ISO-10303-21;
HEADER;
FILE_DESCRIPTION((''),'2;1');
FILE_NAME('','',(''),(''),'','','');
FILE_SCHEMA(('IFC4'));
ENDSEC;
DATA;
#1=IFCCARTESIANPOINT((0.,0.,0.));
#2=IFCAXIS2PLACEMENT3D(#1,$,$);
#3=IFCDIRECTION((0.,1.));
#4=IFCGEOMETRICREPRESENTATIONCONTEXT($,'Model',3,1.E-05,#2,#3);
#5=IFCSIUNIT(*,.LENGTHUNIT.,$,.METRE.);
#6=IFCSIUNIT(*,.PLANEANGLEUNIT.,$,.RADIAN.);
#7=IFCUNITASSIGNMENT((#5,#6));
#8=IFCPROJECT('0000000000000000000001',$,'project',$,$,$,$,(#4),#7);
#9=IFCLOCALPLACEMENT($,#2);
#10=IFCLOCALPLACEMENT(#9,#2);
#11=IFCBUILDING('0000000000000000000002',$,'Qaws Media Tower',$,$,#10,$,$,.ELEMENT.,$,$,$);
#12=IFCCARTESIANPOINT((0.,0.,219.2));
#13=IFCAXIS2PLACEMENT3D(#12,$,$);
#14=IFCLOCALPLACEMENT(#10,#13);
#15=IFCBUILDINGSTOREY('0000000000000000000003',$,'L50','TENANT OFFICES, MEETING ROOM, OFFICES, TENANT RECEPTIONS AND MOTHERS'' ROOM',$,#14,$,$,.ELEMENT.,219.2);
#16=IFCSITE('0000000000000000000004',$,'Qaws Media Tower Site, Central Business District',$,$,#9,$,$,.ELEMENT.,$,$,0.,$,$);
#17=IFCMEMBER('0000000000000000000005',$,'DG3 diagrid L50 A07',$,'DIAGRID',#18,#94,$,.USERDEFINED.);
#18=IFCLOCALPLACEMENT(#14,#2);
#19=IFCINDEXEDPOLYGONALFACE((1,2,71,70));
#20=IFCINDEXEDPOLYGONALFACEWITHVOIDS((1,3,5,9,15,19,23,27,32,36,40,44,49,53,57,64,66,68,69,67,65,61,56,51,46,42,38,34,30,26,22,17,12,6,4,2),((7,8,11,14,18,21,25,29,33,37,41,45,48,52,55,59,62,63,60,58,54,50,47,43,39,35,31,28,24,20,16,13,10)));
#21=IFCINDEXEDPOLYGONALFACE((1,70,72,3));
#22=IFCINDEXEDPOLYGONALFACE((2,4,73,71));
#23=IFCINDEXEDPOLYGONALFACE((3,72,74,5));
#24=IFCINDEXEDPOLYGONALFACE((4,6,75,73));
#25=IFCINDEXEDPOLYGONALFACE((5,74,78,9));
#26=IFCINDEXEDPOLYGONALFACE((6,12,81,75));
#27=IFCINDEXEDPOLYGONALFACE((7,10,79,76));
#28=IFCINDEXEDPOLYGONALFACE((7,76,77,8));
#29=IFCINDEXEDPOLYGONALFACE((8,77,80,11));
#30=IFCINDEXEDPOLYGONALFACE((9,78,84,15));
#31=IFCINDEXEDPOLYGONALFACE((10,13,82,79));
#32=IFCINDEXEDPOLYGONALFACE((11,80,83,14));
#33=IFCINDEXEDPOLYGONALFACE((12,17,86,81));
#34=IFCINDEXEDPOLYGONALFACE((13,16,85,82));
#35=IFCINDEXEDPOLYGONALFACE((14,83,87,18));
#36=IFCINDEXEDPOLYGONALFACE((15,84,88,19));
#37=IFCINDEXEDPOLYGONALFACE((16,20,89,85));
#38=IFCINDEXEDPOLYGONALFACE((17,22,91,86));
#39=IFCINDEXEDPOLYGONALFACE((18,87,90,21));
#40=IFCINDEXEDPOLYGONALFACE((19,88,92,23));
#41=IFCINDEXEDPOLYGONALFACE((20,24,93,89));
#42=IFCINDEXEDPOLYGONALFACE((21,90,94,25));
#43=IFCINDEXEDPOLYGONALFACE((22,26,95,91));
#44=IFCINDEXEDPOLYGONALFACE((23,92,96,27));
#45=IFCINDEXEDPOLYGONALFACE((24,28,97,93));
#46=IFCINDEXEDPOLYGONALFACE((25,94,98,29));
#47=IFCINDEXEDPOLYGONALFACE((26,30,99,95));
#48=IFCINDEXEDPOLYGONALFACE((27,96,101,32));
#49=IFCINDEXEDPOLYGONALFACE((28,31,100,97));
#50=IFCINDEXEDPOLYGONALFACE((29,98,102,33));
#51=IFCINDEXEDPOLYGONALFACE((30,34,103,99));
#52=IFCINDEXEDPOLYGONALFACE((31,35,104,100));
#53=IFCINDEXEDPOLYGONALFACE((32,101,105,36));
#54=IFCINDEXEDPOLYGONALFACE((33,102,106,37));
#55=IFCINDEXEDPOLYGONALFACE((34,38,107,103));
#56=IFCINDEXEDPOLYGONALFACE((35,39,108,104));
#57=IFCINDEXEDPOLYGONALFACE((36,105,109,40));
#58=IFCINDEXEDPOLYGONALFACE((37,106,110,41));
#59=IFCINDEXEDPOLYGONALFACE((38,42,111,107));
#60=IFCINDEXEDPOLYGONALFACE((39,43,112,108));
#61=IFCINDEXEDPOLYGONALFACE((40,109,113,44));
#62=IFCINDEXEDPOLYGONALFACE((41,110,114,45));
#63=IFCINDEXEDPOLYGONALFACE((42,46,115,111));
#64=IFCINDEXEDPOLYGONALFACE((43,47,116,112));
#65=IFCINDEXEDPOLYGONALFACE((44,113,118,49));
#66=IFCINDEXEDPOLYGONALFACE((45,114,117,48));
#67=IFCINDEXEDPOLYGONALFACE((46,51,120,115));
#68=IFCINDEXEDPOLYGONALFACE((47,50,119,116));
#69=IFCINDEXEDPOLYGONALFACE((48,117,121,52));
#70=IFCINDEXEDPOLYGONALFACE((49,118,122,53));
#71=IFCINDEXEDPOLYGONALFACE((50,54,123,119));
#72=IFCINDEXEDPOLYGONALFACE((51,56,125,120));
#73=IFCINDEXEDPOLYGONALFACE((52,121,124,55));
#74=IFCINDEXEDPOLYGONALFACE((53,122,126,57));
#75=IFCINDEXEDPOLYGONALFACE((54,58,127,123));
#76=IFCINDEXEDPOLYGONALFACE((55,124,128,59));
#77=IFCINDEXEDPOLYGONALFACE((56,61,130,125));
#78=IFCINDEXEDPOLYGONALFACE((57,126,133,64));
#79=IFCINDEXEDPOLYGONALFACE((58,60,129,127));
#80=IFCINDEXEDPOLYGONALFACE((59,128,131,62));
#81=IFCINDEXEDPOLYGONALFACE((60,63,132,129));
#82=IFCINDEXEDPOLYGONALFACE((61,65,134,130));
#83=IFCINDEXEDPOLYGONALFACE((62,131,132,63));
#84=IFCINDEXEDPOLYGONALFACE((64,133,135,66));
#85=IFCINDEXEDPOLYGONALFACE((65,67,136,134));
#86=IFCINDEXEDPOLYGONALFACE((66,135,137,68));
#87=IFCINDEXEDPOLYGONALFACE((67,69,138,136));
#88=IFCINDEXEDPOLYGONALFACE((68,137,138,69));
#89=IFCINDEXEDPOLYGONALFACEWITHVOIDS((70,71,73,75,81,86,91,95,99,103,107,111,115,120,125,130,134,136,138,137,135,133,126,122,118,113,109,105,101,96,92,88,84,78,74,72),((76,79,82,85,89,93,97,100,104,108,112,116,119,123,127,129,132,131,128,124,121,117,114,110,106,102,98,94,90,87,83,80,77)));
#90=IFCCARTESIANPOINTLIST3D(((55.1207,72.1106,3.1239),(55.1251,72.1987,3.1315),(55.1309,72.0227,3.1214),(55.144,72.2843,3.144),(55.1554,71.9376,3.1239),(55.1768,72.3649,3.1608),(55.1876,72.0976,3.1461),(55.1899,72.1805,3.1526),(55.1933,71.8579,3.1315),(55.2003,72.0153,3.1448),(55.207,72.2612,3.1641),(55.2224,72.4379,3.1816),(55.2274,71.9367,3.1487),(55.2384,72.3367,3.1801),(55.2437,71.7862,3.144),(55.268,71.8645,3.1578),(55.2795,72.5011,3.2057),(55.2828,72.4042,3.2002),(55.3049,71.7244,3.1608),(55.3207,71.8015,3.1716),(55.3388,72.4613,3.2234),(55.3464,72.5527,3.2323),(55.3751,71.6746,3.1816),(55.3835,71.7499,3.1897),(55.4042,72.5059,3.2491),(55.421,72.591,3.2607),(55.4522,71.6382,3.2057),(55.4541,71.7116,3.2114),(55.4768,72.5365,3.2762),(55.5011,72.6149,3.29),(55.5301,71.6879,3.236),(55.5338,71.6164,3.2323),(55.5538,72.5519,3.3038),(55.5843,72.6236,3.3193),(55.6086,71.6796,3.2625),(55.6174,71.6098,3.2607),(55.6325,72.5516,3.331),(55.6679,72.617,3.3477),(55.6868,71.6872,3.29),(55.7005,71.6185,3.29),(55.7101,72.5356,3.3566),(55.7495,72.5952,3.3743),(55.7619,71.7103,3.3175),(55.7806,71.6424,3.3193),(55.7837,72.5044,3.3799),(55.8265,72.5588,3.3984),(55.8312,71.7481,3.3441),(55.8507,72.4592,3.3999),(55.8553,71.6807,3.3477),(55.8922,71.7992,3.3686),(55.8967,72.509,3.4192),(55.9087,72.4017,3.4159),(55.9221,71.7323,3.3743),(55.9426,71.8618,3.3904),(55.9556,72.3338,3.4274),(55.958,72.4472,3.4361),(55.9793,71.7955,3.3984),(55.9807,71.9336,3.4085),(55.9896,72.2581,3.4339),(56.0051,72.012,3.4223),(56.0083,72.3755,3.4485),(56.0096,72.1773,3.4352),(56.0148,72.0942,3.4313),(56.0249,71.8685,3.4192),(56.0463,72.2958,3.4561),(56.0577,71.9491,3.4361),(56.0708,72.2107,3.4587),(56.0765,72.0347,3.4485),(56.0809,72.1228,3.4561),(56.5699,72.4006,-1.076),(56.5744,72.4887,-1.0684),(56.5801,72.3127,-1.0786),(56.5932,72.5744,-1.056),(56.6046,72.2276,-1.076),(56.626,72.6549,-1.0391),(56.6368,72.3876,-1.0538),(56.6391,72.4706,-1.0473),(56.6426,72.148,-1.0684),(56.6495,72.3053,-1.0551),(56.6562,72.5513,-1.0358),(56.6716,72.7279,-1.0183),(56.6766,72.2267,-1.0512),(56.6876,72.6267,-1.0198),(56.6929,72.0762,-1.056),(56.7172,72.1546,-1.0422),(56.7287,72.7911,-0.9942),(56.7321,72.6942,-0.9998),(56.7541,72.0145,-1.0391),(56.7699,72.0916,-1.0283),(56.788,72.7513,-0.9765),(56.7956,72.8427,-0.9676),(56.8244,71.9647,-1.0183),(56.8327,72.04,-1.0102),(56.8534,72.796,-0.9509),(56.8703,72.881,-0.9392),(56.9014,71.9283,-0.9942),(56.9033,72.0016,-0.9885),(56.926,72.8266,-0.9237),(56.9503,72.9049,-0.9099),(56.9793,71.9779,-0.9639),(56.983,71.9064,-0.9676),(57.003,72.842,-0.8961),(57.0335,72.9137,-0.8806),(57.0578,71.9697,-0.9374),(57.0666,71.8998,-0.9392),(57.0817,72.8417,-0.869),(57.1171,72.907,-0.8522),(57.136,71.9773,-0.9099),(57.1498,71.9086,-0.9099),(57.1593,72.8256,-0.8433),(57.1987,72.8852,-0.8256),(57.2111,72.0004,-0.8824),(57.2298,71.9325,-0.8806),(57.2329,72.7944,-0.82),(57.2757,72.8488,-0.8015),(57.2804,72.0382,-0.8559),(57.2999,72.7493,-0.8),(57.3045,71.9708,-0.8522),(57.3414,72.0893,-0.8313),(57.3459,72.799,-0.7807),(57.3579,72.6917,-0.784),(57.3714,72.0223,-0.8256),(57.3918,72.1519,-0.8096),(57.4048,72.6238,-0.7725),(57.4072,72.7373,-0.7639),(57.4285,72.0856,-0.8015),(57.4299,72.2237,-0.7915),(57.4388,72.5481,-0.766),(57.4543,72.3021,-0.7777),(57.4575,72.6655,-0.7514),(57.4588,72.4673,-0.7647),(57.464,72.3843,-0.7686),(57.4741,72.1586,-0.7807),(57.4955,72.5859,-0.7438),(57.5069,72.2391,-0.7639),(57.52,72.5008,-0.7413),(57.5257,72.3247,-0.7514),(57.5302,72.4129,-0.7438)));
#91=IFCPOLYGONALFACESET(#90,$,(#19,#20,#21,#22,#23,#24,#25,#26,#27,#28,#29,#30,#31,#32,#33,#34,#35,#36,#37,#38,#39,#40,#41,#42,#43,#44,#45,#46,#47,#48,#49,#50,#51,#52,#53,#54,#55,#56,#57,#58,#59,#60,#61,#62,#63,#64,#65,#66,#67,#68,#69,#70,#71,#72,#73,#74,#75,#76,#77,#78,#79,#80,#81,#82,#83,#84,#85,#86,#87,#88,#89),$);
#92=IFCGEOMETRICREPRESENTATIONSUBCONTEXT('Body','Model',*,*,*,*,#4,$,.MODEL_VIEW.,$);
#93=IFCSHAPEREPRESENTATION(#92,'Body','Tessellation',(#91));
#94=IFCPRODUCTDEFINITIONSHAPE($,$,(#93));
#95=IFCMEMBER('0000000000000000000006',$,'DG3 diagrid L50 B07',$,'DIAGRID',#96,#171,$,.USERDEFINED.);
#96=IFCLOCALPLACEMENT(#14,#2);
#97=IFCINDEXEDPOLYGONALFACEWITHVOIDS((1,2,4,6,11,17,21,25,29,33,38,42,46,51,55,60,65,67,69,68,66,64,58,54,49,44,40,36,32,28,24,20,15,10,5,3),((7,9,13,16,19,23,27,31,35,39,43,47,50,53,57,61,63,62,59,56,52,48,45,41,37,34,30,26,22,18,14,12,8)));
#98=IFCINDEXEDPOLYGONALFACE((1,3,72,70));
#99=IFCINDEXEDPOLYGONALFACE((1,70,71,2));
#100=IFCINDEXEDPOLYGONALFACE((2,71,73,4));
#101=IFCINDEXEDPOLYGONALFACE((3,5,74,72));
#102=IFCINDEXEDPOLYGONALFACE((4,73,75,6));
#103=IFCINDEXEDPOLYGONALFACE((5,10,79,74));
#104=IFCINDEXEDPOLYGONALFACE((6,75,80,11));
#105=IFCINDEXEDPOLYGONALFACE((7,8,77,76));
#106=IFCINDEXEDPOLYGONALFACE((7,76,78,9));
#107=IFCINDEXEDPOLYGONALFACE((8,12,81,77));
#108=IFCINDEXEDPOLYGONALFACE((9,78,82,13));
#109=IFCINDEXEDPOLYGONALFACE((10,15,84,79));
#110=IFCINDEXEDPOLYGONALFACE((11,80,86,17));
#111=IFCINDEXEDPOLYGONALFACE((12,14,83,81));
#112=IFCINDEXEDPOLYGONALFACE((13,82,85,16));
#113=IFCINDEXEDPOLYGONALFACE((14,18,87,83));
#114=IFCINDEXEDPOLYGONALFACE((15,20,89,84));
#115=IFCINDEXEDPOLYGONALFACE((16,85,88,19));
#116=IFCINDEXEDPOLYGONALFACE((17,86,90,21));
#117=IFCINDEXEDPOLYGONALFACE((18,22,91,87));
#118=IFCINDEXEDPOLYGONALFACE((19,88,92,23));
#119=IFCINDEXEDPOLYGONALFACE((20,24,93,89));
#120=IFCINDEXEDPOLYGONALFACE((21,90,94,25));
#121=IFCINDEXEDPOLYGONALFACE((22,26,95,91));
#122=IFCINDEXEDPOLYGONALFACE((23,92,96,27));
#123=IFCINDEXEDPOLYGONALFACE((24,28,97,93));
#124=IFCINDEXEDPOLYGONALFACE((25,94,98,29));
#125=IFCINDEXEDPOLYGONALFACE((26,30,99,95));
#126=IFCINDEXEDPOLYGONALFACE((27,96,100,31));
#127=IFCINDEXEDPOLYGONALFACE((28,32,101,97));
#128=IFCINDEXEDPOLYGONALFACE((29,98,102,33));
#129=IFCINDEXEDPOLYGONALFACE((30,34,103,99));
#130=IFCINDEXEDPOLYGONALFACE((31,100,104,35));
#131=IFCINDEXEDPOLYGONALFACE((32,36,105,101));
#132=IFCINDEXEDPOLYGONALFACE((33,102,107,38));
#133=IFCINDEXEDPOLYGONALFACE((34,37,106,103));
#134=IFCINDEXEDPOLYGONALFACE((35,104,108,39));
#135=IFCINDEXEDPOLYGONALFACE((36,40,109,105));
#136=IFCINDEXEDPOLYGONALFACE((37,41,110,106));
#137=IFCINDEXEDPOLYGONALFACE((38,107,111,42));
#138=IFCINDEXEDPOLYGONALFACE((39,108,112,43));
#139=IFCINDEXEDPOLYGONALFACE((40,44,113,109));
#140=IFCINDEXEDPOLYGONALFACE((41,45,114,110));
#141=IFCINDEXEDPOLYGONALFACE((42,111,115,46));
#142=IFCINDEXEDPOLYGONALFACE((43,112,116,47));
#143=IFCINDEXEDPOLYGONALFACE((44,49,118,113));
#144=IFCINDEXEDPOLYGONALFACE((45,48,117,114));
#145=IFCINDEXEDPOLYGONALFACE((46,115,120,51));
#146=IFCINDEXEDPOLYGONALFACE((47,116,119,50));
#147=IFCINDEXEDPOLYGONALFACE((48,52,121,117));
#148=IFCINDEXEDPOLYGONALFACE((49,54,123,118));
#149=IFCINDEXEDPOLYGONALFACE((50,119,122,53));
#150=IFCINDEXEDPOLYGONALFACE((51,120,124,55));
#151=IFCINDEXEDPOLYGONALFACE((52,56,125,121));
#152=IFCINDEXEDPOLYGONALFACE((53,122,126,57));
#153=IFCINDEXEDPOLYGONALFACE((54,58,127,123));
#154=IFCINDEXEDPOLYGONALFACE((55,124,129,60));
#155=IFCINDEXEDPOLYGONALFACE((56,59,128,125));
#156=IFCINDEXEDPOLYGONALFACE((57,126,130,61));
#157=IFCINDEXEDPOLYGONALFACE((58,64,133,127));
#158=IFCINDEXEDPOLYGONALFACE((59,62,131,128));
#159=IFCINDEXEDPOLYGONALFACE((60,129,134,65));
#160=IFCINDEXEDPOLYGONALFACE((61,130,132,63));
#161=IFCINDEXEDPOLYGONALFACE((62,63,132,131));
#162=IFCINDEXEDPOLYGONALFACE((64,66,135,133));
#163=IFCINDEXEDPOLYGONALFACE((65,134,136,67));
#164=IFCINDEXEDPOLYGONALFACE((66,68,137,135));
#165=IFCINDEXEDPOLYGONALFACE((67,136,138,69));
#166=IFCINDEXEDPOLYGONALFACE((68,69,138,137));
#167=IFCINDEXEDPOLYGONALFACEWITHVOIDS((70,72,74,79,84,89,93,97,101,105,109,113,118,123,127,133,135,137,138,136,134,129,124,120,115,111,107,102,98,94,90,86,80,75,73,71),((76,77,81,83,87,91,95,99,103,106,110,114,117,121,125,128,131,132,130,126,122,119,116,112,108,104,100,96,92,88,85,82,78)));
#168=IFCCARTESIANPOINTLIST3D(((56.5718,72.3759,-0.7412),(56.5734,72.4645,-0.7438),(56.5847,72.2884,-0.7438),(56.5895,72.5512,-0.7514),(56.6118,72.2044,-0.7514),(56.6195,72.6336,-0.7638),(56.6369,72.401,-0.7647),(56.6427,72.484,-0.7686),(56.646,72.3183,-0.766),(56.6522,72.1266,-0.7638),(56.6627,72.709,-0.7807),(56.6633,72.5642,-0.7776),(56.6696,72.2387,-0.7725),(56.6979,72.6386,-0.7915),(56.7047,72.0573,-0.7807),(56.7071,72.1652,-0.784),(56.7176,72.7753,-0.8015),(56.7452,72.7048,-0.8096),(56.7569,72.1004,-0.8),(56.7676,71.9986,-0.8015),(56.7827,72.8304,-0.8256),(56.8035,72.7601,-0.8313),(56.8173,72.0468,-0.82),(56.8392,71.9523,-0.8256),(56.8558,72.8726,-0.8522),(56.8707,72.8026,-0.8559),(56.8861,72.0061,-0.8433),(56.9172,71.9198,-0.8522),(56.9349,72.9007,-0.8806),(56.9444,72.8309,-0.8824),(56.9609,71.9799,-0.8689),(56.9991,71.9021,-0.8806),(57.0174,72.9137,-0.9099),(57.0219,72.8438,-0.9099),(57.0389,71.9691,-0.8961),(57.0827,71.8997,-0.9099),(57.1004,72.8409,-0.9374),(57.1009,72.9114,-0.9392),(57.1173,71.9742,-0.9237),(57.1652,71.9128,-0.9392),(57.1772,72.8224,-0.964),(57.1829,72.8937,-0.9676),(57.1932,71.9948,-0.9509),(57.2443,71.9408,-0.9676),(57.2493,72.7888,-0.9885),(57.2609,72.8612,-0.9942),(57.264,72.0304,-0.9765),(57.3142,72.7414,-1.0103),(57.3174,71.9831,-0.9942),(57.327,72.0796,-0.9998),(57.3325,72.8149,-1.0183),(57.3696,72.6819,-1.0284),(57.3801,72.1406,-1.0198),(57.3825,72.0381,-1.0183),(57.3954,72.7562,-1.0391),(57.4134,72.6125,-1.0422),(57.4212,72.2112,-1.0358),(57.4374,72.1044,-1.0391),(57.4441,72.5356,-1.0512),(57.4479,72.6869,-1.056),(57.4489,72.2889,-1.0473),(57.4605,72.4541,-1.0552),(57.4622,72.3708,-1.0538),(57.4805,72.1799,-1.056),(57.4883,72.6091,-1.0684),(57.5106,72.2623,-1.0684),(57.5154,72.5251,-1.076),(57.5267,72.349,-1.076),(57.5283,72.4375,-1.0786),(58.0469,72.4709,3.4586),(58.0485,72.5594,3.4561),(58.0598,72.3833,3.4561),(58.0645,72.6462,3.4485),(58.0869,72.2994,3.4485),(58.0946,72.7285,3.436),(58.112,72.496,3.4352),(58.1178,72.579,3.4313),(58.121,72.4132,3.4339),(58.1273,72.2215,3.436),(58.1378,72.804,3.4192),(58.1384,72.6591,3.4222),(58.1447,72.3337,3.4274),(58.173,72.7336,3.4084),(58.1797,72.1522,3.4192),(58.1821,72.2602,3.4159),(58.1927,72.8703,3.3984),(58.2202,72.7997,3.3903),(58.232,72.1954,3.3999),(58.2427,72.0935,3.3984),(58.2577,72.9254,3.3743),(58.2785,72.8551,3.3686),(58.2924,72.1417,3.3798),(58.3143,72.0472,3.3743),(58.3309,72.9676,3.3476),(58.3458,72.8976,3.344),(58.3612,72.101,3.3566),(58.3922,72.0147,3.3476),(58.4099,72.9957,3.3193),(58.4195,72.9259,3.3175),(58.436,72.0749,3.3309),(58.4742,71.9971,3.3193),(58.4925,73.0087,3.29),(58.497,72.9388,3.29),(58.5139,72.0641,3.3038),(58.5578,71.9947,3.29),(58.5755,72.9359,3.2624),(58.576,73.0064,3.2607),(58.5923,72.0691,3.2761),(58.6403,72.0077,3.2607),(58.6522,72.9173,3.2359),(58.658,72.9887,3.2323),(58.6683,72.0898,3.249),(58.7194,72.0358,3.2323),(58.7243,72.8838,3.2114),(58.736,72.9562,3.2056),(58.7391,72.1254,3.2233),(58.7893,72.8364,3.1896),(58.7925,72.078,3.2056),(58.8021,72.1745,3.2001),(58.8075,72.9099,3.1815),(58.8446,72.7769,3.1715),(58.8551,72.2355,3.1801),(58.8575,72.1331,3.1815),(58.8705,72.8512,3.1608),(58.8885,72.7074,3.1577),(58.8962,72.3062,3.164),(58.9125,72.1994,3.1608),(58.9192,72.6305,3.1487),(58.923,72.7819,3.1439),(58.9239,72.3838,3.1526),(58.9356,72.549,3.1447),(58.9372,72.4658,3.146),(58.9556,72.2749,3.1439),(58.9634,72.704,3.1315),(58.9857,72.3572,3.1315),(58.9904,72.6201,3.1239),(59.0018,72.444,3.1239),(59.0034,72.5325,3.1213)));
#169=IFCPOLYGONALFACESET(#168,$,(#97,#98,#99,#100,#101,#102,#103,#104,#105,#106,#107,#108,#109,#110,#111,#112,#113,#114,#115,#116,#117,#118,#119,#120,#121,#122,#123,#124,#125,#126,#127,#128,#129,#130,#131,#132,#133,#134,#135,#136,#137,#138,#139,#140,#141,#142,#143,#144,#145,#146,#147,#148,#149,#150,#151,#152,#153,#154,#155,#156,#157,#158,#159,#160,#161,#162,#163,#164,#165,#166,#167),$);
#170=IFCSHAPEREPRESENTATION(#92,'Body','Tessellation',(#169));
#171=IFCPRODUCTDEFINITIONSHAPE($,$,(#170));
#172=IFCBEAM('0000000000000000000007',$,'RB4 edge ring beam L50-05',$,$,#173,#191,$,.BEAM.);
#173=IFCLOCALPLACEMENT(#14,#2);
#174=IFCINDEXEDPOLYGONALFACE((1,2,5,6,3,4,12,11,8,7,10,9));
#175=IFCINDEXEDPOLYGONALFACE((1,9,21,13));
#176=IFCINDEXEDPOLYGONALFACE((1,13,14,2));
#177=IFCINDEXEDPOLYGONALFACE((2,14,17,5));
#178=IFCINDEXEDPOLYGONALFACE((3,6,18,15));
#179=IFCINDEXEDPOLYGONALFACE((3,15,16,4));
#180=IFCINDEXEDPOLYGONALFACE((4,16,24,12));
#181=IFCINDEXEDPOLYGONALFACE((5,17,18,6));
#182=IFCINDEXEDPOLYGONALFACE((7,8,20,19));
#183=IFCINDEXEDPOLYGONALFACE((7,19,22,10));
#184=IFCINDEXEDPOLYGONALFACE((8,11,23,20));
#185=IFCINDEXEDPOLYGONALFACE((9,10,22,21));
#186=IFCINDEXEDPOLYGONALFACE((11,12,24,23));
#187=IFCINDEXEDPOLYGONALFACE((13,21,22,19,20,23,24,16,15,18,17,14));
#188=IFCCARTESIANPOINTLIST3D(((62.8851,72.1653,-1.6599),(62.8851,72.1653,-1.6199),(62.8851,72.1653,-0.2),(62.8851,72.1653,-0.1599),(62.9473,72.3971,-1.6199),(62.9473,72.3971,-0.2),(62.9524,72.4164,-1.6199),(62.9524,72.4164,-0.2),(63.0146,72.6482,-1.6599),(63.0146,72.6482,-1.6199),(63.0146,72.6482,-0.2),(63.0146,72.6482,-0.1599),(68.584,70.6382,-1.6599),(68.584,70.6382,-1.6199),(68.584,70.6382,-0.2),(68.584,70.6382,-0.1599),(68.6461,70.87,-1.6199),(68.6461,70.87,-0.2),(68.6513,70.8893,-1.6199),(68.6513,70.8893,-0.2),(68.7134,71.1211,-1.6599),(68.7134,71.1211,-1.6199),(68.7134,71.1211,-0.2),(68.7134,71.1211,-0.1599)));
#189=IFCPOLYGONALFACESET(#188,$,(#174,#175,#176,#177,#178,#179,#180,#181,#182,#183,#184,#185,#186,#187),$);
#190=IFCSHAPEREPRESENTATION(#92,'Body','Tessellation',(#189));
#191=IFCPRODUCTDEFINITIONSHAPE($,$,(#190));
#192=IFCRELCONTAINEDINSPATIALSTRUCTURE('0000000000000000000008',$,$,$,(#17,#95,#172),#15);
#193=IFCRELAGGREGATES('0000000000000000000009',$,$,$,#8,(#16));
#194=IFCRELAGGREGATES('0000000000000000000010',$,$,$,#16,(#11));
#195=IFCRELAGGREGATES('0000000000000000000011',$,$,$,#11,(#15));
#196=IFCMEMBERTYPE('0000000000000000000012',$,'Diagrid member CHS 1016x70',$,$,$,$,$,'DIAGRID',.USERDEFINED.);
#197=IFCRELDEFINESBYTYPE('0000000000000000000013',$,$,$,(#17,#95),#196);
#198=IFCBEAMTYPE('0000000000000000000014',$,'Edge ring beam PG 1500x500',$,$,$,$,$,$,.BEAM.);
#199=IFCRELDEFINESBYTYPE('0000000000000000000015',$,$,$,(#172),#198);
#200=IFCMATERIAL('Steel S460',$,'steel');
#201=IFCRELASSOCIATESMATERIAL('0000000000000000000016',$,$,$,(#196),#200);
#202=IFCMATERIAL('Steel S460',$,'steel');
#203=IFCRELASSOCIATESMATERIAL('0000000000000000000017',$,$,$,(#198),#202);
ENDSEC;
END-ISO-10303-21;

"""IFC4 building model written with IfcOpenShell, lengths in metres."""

from ifc_helpers import new_model, si_unit, direction, frame, origin, origin_2d, place, context, subcontext, project, spatial, hollow_circle, i_section, extrude, material, material_profile, profile_set, type_object, element, save


model = new_model("IFC4")

# Units and contexts
model_context = context("Model", 3, precision=1e-05, world=origin(), true_north=direction((0.0, 1.0)))
body_context = subcontext(model_context, "Body", "Model", "MODEL_VIEW")
ifc_project = project(units=[si_unit("LENGTHUNIT", "METRE"), si_unit("PLANEANGLEUNIT", "RADIAN")], contexts=[model_context])

# Site, building, storey
site_placement = place(None, origin())
site = spatial("IfcSite", under=ifc_project, at=site_placement, Name="Qaws Media Tower Site, Central Business District", CompositionType="ELEMENT", RefElevation=0.0)
building_placement = place(site_placement, origin())
building = spatial("IfcBuilding", under=site, at=building_placement, Name="Qaws Media Tower", CompositionType="ELEMENT")
storey_placement = place(building_placement, frame((0.0, 0.0, 219.2)))
storey = spatial("IfcBuildingStorey", under=building, at=storey_placement, Name="L50", Description="TENANT OFFICES, MEETING ROOM, OFFICES, TENANT RECEPTIONS AND MOTHERS' ROOM", CompositionType="ELEMENT", Elevation=219.2)

# Members
ifc_material_1 = material(Name="Steel S460", Category="steel")
ifc_material_profile_1 = material_profile(ifc_material_1, hollow_circle(Radius=0.5081, WallThickness=0.0701, at=origin_2d()), Name="CHS 1016x70")
ifc_profile_set_1 = profile_set([ifc_material_profile_1], Name="Steel S460")
member_type_1 = type_object("IfcMemberType", Name="Diagrid member CHS 1016x70", ElementType="DIAGRID", PredefinedType="USERDEFINED", material=ifc_profile_set_1)
for number, where, z_axis, x_axis, name in (
    (1, (57.05, 72.4067, -0.9099), (-0.325491, -0.065142, 0.943299), (0.196243, -0.980555, 0.0), "DG3 diagrid L50 A07"),
    (2, (57.05, 72.4067, -0.9099), (0.331298, 0.02133, 0.943285), (-0.06425, 0.997934, 0.0), "DG3 diagrid L50 B07"),
):
    element("IfcMember", number, at=place(storey_placement, frame(where, z_axis=z_axis, x_axis=x_axis)), inside=storey, type_object=member_type_1, Name=name, ObjectType="DIAGRID", PredefinedType="USERDEFINED", context=body_context, shape_type="SweptSolid", body=[
        extrude(hollow_circle(Radius=0.5081, WallThickness=0.0701, at=origin_2d()), origin(), (0.0, 0.0, 1.0), 4.4524),
    ])

# Beam
ifc_material_2 = material(Name="Steel S460", Category="steel")
ifc_material_profile_2 = material_profile(ifc_material_2, i_section(OverallWidth=0.5, OverallDepth=1.5, WebThickness=0.02, FlangeThickness=0.04, at=origin_2d()), Name="PG 1500x500")
ifc_profile_set_2 = profile_set([ifc_material_profile_2], Name="Steel S460")
beam_type = type_object("IfcBeamType", Name="Edge ring beam PG 1500x500", PredefinedType="BEAM", material=ifc_profile_set_2)
for number, where, z_axis, x_axis, name in (
    (3, (68.6487, 70.8796, -0.9099), (-0.96592, 0.25884, 0.0), (-0.25884, -0.96592, 0.0), "RB4 edge ring beam L50-05"),
):
    element("IfcBeam", number, at=place(storey_placement, frame(where, z_axis=z_axis, x_axis=x_axis)), inside=storey, type_object=beam_type, Name=name, PredefinedType="BEAM", context=body_context, shape_type="SweptSolid", body=[
        extrude(i_section(OverallWidth=0.5, OverallDepth=1.5, WebThickness=0.02, FlangeThickness=0.04, at=origin_2d()), origin(), (0.0, 0.0, 1.0), 5.8999),
    ])

save(model, "model.ifc")
